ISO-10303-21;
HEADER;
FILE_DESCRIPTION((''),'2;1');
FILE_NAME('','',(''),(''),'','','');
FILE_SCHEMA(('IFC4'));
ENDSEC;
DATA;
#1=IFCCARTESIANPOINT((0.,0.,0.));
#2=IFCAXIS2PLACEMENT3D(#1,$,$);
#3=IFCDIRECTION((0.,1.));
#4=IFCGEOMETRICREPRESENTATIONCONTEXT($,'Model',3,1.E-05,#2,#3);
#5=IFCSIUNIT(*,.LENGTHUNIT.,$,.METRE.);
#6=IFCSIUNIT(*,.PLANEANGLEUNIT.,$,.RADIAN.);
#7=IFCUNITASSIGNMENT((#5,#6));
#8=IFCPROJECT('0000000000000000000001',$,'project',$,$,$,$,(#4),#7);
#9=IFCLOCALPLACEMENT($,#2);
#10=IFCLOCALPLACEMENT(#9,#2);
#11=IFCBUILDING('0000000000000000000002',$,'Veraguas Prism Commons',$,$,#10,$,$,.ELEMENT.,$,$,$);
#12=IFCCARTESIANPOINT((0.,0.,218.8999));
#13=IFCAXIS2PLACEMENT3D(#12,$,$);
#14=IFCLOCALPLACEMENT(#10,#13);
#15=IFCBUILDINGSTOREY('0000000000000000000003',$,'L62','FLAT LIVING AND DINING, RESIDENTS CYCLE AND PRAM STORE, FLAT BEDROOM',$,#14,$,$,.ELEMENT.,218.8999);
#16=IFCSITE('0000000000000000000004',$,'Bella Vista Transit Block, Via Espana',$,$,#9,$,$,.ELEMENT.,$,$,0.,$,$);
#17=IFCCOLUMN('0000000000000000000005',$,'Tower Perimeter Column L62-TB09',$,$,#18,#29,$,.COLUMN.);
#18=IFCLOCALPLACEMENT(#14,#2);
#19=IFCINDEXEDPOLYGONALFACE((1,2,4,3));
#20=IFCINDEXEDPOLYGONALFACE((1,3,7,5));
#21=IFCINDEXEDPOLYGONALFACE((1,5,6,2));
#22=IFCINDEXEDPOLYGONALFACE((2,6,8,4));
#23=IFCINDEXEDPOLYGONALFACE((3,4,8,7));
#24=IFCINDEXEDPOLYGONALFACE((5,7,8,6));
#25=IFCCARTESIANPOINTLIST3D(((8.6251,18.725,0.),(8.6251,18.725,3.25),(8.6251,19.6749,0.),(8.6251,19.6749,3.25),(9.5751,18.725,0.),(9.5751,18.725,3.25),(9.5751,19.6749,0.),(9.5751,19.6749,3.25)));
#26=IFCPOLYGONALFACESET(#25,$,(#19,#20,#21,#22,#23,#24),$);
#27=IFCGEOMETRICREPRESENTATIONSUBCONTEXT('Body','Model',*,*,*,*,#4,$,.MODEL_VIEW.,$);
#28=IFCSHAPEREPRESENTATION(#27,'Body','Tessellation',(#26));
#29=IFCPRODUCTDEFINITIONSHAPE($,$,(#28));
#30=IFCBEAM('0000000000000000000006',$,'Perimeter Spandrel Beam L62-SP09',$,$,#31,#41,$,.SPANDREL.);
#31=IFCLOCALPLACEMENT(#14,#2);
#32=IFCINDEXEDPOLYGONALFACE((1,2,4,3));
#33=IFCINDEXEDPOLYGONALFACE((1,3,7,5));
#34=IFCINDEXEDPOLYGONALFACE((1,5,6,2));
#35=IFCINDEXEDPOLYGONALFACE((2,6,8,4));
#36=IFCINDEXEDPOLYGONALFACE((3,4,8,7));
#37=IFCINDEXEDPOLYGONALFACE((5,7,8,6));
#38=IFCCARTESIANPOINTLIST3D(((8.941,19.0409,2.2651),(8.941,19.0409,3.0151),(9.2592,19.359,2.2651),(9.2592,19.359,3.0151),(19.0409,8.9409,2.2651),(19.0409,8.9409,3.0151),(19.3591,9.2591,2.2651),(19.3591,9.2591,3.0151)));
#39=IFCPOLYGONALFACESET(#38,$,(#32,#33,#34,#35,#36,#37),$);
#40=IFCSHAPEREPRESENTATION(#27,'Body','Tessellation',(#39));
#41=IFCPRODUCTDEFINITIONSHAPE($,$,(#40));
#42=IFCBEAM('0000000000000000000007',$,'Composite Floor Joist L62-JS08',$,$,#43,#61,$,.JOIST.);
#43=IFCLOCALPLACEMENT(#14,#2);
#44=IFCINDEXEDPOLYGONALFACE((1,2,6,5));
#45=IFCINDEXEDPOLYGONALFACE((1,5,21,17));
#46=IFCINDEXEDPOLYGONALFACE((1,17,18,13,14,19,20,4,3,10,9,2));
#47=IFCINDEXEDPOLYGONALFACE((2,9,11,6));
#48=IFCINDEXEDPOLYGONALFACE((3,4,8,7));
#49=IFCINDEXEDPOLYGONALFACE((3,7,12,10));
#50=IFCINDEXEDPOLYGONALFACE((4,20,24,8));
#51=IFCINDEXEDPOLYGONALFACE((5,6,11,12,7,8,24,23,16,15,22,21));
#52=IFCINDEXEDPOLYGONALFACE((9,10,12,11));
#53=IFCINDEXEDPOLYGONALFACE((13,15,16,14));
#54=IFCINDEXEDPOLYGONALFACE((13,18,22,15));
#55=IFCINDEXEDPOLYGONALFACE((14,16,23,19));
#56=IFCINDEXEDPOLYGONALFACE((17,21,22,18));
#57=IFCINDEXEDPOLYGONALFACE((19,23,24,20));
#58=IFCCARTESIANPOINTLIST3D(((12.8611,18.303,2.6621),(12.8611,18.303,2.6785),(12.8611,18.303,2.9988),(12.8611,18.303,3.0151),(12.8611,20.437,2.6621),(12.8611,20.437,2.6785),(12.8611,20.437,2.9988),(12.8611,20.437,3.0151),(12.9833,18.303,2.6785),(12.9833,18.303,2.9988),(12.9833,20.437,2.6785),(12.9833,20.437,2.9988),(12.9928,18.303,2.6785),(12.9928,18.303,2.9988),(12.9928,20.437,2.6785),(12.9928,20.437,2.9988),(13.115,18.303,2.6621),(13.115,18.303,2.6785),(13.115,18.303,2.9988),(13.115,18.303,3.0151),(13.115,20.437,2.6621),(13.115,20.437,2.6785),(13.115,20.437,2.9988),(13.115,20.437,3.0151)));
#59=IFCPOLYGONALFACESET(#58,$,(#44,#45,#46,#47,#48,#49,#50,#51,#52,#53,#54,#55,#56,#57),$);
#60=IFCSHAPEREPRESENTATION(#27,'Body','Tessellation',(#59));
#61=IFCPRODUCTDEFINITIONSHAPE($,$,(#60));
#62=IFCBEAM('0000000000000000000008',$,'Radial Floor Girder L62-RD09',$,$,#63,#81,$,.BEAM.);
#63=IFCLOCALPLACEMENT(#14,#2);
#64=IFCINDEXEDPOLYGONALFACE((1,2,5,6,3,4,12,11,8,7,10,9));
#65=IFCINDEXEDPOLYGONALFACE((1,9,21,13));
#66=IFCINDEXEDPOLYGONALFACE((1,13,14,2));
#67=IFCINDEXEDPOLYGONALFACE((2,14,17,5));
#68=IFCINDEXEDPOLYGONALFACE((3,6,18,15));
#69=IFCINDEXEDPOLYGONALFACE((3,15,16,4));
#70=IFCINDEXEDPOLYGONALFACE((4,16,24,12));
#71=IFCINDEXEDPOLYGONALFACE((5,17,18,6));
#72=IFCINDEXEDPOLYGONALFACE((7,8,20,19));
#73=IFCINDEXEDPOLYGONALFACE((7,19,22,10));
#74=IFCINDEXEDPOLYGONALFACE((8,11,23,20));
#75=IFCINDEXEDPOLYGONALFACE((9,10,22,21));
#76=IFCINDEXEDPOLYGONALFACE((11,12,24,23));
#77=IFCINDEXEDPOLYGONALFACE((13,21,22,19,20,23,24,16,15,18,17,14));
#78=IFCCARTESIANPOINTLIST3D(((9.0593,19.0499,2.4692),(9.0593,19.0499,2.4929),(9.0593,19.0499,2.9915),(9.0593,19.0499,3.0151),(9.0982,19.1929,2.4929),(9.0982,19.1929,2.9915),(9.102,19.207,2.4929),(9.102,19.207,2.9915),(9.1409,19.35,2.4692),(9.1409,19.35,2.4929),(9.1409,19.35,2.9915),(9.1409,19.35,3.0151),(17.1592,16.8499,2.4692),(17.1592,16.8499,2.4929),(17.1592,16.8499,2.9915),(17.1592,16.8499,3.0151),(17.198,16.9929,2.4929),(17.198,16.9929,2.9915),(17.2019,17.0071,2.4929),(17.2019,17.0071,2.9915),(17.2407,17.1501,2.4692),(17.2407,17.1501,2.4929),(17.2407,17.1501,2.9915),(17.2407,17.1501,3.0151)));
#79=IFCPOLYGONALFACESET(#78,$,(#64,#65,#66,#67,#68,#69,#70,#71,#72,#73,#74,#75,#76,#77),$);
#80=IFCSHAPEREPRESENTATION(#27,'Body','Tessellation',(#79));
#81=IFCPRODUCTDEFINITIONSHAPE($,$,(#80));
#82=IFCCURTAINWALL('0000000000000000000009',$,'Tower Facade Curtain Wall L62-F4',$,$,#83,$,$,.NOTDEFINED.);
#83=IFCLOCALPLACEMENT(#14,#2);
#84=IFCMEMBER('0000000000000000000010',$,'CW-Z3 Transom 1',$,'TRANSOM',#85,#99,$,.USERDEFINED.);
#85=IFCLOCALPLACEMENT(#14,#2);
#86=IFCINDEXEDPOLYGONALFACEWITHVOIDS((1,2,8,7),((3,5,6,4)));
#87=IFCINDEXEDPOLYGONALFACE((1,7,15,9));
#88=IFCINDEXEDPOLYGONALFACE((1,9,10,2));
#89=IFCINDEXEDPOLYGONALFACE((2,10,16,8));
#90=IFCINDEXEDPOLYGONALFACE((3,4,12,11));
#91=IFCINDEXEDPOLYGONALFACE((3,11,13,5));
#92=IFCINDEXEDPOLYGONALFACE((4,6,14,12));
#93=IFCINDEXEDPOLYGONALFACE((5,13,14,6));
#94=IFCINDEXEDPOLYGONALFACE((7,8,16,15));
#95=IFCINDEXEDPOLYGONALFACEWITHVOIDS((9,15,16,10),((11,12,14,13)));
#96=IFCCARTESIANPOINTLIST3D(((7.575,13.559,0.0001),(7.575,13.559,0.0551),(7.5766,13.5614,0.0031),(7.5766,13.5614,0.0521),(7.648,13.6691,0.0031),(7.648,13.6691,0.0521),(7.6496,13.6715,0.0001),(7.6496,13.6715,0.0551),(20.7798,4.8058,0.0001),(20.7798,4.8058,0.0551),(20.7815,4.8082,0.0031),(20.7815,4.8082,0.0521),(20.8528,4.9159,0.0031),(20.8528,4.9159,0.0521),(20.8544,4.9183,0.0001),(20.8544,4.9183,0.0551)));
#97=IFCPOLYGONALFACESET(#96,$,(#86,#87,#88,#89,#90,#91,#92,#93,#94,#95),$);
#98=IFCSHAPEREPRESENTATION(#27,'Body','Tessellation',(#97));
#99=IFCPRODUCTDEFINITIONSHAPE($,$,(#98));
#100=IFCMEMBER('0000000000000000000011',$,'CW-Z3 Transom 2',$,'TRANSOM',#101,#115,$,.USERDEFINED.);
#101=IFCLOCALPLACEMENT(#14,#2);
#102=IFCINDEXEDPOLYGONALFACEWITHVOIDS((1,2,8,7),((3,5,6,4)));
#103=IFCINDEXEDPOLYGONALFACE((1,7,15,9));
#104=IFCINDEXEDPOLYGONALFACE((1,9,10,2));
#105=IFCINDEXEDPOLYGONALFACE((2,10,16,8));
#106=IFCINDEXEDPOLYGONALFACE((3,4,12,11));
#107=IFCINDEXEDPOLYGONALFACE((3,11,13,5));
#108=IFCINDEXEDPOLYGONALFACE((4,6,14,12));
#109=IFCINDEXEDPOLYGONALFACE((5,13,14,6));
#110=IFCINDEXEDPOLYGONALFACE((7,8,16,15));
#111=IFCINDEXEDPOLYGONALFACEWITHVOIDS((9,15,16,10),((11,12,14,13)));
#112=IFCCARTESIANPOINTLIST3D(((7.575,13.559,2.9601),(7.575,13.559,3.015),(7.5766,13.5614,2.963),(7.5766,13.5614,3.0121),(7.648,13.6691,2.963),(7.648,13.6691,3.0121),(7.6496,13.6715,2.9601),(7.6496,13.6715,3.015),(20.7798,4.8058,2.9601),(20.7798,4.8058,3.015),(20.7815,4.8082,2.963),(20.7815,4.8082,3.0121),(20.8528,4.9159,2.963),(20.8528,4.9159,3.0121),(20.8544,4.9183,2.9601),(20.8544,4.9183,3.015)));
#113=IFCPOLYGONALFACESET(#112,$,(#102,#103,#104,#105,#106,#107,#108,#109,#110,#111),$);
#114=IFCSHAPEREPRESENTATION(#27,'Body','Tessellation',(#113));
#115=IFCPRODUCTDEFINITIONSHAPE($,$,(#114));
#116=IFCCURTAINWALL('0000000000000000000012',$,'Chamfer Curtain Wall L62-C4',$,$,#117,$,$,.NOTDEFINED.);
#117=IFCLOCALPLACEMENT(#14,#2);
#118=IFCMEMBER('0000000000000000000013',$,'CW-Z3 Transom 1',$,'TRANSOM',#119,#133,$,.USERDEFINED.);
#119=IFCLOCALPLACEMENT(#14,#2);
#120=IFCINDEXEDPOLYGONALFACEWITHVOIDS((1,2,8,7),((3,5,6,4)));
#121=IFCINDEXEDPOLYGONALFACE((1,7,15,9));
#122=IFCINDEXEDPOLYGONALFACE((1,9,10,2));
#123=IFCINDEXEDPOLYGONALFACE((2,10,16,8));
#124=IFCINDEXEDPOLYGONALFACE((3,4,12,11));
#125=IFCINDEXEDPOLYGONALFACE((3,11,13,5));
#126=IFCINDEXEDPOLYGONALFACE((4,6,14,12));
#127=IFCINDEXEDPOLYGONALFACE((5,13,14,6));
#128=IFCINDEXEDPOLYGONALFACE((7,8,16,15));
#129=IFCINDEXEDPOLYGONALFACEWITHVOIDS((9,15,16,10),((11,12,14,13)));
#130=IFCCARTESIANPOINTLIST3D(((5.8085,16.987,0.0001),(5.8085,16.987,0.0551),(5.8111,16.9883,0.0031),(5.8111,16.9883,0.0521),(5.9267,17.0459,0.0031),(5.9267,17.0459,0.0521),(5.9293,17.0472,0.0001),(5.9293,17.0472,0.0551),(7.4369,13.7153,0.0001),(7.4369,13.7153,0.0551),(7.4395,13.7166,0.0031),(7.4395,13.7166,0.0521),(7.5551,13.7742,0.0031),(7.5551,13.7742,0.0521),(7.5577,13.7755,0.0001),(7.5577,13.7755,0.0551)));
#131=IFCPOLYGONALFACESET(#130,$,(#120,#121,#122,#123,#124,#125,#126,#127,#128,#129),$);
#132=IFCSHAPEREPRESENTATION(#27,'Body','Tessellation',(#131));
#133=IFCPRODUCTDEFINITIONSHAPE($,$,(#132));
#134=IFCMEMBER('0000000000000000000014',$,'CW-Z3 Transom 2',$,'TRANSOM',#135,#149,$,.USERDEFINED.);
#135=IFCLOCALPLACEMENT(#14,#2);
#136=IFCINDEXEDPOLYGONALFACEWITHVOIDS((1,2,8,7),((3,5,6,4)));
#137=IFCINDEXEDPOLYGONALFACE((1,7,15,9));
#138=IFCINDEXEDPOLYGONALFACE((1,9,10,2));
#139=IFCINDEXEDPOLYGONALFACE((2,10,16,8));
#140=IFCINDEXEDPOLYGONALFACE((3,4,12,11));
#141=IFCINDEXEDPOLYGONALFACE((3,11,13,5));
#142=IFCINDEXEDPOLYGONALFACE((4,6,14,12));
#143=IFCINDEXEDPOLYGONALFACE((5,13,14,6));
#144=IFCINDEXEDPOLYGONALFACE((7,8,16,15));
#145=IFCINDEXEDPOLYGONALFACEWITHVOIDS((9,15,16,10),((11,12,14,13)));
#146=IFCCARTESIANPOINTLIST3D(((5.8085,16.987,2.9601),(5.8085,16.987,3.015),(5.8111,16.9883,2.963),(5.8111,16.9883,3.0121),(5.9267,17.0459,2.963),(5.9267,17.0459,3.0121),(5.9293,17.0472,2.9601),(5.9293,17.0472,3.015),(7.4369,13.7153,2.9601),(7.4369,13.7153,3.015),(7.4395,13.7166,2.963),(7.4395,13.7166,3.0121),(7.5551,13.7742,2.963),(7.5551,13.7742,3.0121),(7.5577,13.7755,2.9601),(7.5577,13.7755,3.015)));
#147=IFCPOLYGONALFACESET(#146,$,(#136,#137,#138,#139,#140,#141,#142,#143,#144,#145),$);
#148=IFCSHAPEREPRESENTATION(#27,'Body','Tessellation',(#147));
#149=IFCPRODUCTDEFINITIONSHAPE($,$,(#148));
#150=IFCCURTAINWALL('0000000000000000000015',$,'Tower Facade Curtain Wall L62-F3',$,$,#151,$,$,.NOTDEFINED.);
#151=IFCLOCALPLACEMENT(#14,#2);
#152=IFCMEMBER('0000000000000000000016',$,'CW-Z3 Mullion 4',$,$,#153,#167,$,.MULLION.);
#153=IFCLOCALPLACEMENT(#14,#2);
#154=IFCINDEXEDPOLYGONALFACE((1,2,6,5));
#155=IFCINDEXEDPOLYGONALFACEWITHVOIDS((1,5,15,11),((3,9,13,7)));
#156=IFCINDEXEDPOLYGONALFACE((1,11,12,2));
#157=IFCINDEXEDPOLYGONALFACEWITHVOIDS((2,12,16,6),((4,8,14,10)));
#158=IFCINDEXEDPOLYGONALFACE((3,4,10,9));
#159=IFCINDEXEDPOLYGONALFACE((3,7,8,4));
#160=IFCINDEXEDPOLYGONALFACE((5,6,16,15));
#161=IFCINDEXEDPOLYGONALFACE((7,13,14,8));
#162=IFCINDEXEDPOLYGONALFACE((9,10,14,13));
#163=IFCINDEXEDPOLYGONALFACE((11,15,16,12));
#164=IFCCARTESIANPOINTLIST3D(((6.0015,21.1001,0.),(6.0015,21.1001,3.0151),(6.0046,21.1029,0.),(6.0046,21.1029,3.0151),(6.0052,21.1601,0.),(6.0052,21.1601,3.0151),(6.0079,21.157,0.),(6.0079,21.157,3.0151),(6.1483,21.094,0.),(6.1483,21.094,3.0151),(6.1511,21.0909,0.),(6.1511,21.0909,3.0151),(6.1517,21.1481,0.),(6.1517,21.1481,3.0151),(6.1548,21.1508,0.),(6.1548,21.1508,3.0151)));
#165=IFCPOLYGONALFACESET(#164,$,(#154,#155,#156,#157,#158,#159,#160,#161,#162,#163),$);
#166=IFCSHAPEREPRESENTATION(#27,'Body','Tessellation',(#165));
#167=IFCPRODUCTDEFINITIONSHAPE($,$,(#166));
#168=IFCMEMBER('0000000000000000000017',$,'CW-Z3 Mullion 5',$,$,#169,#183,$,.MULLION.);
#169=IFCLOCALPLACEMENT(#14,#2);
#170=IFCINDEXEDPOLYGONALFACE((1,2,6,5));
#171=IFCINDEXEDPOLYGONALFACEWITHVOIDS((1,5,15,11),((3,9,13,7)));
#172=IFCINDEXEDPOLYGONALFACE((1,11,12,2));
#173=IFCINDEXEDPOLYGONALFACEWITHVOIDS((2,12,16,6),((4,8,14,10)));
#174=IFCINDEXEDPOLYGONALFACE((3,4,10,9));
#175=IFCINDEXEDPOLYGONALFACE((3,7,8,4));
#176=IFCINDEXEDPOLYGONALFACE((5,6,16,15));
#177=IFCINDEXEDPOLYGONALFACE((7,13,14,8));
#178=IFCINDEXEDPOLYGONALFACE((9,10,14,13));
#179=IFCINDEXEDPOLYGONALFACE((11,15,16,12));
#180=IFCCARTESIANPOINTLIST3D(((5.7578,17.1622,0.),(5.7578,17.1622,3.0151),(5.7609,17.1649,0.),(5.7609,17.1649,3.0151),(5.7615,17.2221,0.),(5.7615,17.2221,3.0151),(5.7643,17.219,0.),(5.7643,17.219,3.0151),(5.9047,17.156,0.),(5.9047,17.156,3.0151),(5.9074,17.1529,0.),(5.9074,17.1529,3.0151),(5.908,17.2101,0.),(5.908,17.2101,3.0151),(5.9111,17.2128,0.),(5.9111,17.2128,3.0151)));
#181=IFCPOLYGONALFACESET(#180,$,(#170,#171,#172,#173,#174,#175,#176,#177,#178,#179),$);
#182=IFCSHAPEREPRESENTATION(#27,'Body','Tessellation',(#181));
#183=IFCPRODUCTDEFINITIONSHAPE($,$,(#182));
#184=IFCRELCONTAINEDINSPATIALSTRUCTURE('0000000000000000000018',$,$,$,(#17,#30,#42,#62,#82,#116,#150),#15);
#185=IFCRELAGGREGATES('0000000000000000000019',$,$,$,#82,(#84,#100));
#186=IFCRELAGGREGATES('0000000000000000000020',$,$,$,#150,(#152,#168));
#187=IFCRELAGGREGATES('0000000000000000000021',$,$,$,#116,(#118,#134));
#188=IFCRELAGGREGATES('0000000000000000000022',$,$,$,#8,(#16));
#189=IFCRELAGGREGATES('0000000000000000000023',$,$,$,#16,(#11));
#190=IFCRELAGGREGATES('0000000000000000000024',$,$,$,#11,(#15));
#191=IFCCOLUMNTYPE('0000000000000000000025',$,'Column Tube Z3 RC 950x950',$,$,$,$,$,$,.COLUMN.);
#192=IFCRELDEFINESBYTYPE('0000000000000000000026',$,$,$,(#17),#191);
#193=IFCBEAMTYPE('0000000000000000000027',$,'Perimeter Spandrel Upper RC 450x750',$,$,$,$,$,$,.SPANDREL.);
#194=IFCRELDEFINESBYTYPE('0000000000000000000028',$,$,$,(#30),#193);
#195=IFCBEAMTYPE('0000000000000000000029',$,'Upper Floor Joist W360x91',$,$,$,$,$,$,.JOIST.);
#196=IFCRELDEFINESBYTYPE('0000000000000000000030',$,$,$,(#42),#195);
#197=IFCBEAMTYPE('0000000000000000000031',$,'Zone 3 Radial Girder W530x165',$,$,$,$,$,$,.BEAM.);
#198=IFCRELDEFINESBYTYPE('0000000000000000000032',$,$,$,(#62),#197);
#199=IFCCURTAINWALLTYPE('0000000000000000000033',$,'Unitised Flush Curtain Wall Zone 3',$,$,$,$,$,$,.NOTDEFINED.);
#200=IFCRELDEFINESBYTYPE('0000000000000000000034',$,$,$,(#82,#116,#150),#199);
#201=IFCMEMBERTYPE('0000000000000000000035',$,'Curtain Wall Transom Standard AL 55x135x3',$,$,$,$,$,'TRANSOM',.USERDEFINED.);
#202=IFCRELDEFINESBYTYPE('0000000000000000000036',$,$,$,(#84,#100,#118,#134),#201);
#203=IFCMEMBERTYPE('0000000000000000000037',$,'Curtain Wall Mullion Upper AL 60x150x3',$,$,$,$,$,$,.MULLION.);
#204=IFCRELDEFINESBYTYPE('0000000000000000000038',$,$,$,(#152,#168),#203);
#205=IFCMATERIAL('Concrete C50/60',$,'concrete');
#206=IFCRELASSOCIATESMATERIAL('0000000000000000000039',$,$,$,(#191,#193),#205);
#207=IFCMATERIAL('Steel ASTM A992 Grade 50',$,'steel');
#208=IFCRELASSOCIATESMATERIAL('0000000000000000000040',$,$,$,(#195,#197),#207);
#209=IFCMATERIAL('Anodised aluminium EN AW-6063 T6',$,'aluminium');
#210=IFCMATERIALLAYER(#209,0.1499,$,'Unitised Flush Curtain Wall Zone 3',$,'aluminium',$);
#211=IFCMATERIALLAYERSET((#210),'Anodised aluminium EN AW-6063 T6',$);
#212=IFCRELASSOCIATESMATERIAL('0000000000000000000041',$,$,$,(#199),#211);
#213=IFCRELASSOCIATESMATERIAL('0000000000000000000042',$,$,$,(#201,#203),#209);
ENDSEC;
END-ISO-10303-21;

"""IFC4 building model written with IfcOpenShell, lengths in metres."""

from ifc_helpers import new_model, si_unit, direction, frame, origin, origin_2d, place, context, subcontext, project, spatial, rectangle, hollow_rectangle, i_section, extrude, source, transform, mapped, material, layer, layer_set, material_profile, profile_set, type_object, element, aggregate, save


model = new_model("IFC4")

# Units and contexts
model_context = context("Model", 3, precision=1e-05, world=origin(), true_north=direction((0.0, 1.0)))
body_context = subcontext(model_context, "Body", "Model", "MODEL_VIEW")
ifc_project = project(units=[si_unit("LENGTHUNIT", "METRE"), si_unit("PLANEANGLEUNIT", "RADIAN")], contexts=[model_context])

# Site, building, storey
site_placement = place(None, origin())
site = spatial("IfcSite", under=ifc_project, at=site_placement, Name="Bella Vista Transit Block, Via Espana", CompositionType="ELEMENT", RefElevation=0.0)
building_placement = place(site_placement, origin())
building = spatial("IfcBuilding", under=site, at=building_placement, Name="Veraguas Prism Commons", CompositionType="ELEMENT")
storey_placement = place(building_placement, frame((0.0, 0.0, 218.8999)))
storey = spatial("IfcBuildingStorey", under=building, at=storey_placement, Name="L62", Description="FLAT LIVING AND DINING, RESIDENTS CYCLE AND PRAM STORE, FLAT BEDROOM", CompositionType="ELEMENT", Elevation=218.8999)

# Column
ifc_material_1 = material(Name="Concrete C50/60", Category="concrete")
ifc_material_profile_1 = material_profile(ifc_material_1, rectangle(XDim=0.95, YDim=0.95, at=origin_2d()), Name="RC950X950")
ifc_profile_set_1 = profile_set([ifc_material_profile_1], Name="Concrete C50/60")
column_type = type_object("IfcColumnType", Name="Column Tube Z3 RC 950x950", PredefinedType="COLUMN", material=ifc_profile_set_1)
column_placement = place(storey_placement, frame((9.1001, 19.2, 0.0), z_axis=(0.0, 0.0, 1.0), x_axis=(1.0, 0.0, 0.0)))
element("IfcColumn", 1, at=column_placement, inside=storey, type_object=column_type, Name="Tower Perimeter Column L62-TB09", PredefinedType="COLUMN", context=body_context, shape_type="SweptSolid", body=[
    extrude(rectangle(XDim=0.95, YDim=0.95, at=origin_2d()), origin(), (0.0, 0.0, 1.0), 3.25),
])

# Beams
ifc_material_profile_2 = material_profile(ifc_material_1, rectangle(XDim=0.45, YDim=0.75, at=origin_2d()), Name="RC450X750")
ifc_profile_set_2 = profile_set([ifc_material_profile_2], Name="Concrete C50/60")
beam_type_1 = type_object("IfcBeamType", Name="Perimeter Spandrel Upper RC 450x750", PredefinedType="SPANDREL", material=ifc_profile_set_2)
beam_1_placement = place(storey_placement, frame((9.1001, 19.2, 2.6401), z_axis=(0.707107, -0.707107, 0.0), x_axis=(0.707107, 0.707107, 0.0)))
element("IfcBeam", 2, at=beam_1_placement, inside=storey, type_object=beam_type_1, Name="Perimeter Spandrel Beam L62-SP09", PredefinedType="SPANDREL", context=body_context, shape_type="SweptSolid", body=[
    extrude(rectangle(XDim=0.45, YDim=0.75, at=origin_2d()), origin(), (0.0, 0.0, 1.0), 14.2834),
])
ifc_material_2 = material(Name="Steel ASTM A992 Grade 50", Category="steel")
ifc_material_profile_3 = material_profile(ifc_material_2, i_section(OverallWidth=0.2539, OverallDepth=0.353, WebThickness=0.0095, FlangeThickness=0.0164, at=origin_2d()), Name="W360X91")
ifc_profile_set_3 = profile_set([ifc_material_profile_3], Name="Steel ASTM A992 Grade 50")
beam_type_2 = type_object("IfcBeamType", Name="Upper Floor Joist W360x91", PredefinedType="JOIST", material=ifc_profile_set_3)
beam_2_placement = place(storey_placement, frame((12.988, 20.437, 2.8386), z_axis=(0.0, -1.0, 0.0), x_axis=(1.0, 0.0, 0.0)))
element("IfcBeam", 3, at=beam_2_placement, inside=storey, type_object=beam_type_2, Name="Composite Floor Joist L62-JS08", PredefinedType="JOIST", context=body_context, shape_type="SweptSolid", body=[
    extrude(i_section(OverallWidth=0.2539, OverallDepth=0.353, WebThickness=0.0095, FlangeThickness=0.0164, at=origin_2d()), origin(), (0.0, 0.0, 1.0), 2.134),
])
ifc_material_profile_4 = material_profile(ifc_material_2, i_section(OverallWidth=0.311, OverallDepth=0.5459, WebThickness=0.0146, FlangeThickness=0.0237, at=origin_2d()), Name="W530X165")
ifc_profile_set_4 = profile_set([ifc_material_profile_4], Name="Steel ASTM A992 Grade 50")
beam_type_3 = type_object("IfcBeamType", Name="Zone 3 Radial Girder W530x165", PredefinedType="BEAM", material=ifc_profile_set_4)
beam_3_placement = place(storey_placement, frame((9.1001, 19.2, 2.7422), z_axis=(0.965039, -0.262108, 0.0), x_axis=(0.262108, 0.965039, 0.0)))
element("IfcBeam", 4, at=beam_3_placement, inside=storey, type_object=beam_type_3, Name="Radial Floor Girder L62-RD09", PredefinedType="BEAM", context=body_context, shape_type="SweptSolid", body=[
    extrude(i_section(OverallWidth=0.311, OverallDepth=0.5459, WebThickness=0.0146, FlangeThickness=0.0237, at=origin_2d()), origin(), (0.0, 0.0, 1.0), 8.3933),
])

# Curtain walls, members
ifc_material_3 = material(Name="Anodised aluminium EN AW-6063 T6", Category="aluminium")
ifc_layer_1 = layer(ifc_material_3, 0.1499, Name="Unitised Flush Curtain Wall Zone 3", Category="aluminium")
ifc_layer_set_1 = layer_set([ifc_layer_1], Name="Anodised aluminium EN AW-6063 T6")
curtain_wall_type = type_object("IfcCurtainWallType", Name="Unitised Flush Curtain Wall Zone 3", PredefinedType="NOTDEFINED", material=ifc_layer_set_1)
curtain_wall_1_placement = place(storey_placement, origin())
curtain_wall_1 = element("IfcCurtainWall", 5, at=curtain_wall_1_placement, inside=storey, type_object=curtain_wall_type, Name="Tower Facade Curtain Wall L62-F4", PredefinedType="NOTDEFINED")
ifc_material_profile_5 = material_profile(ifc_material_3, hollow_rectangle(XDim=0.0549, YDim=0.135, WallThickness=0.0029, at=origin_2d()), Name="AL55X135X3")
ifc_profile_set_5 = profile_set([ifc_material_profile_5], Name="Anodised aluminium EN AW-6063 T6")
member_type_1 = type_object("IfcMemberType", Name="Curtain Wall Transom Standard AL 55x135x3", ElementType="TRANSOM", PredefinedType="USERDEFINED", material=ifc_profile_set_5)
shared_shape_1 = source(origin(), body_context, "Body", "SweptSolid", [
    extrude(hollow_rectangle(XDim=0.0549, YDim=0.135, WallThickness=0.0029, at=origin_2d()), origin(), (0.0, 0.0, 1.0), 15.8425),
])
member_1_placement = place(storey_placement, frame((7.6123, 13.6152, 0.0276), z_axis=(0.833505, -0.552511, 0.0), x_axis=(0.0, 0.0, 1.0)))
member_1 = element("IfcMember", 6, at=member_1_placement, type_object=member_type_1, Name="CW-Z3 Transom 1", ObjectType="TRANSOM", PredefinedType="USERDEFINED", context=body_context, shape_type="MappedRepresentation", body=[
    mapped(shared_shape_1, transform((0.0, 0.0, 0.0), scale=1.0)),
])
member_2_placement = place(storey_placement, frame((7.6123, 13.6152, 2.9875), z_axis=(0.833505, -0.552511, 0.0), x_axis=(0.0, 0.0, 1.0)))
member_2 = element("IfcMember", 7, at=member_2_placement, type_object=member_type_1, Name="CW-Z3 Transom 2", ObjectType="TRANSOM", PredefinedType="USERDEFINED", context=body_context, shape_type="MappedRepresentation", body=[
    mapped(shared_shape_1, transform((0.0, 0.0, 0.0), scale=1.0)),
])
aggregate(curtain_wall_1, [member_1, member_2])
curtain_wall_2_placement = place(storey_placement, origin())
curtain_wall_2 = element("IfcCurtainWall", 8, at=curtain_wall_2_placement, inside=storey, type_object=curtain_wall_type, Name="Chamfer Curtain Wall L62-C4", PredefinedType="NOTDEFINED")
shared_shape_2 = source(origin(), body_context, "Body", "SweptSolid", [
    extrude(hollow_rectangle(XDim=0.0549, YDim=0.135, WallThickness=0.0029, at=origin_2d()), origin(), (0.0, 0.0, 1.0), 3.6545),
])
member_3_placement = place(storey_placement, frame((5.8689, 17.0171, 0.0276), z_axis=(0.445583, -0.895241, 0.0), x_axis=(0.0, 0.0, 1.0)))
member_3 = element("IfcMember", 9, at=member_3_placement, type_object=member_type_1, Name="CW-Z3 Transom 1", ObjectType="TRANSOM", PredefinedType="USERDEFINED", context=body_context, shape_type="MappedRepresentation", body=[
    mapped(shared_shape_2, transform((0.0, 0.0, 0.0), scale=1.0)),
])
member_4_placement = place(storey_placement, frame((5.8689, 17.0171, 2.9875), z_axis=(0.445583, -0.895241, 0.0), x_axis=(0.0, 0.0, 1.0)))
member_4 = element("IfcMember", 10, at=member_4_placement, type_object=member_type_1, Name="CW-Z3 Transom 2", ObjectType="TRANSOM", PredefinedType="USERDEFINED", context=body_context, shape_type="MappedRepresentation", body=[
    mapped(shared_shape_2, transform((0.0, 0.0, 0.0), scale=1.0)),
])
curtain_wall_3_placement = place(storey_placement, origin())
curtain_wall_3 = element("IfcCurtainWall", 11, at=curtain_wall_3_placement, inside=storey, type_object=curtain_wall_type, Name="Tower Facade Curtain Wall L62-F3", PredefinedType="NOTDEFINED")
ifc_material_profile_6 = material_profile(ifc_material_3, hollow_rectangle(XDim=0.0601, YDim=0.1499, WallThickness=0.0029, at=origin_2d()), Name="AL60X150X3")
ifc_profile_set_6 = profile_set([ifc_material_profile_6], Name="Anodised aluminium EN AW-6063 T6")
member_type_2 = type_object("IfcMemberType", Name="Curtain Wall Mullion Upper AL 60x150x3", PredefinedType="MULLION", material=ifc_profile_set_6)
shared_shape_3 = source(origin(), body_context, "Body", "SweptSolid", [
    extrude(hollow_rectangle(XDim=0.0601, YDim=0.1499, WallThickness=0.0029, at=origin_2d()), origin(), (0.0, 0.0, 1.0), 3.0151),
])
member_5_placement = place(storey_placement, frame((6.0781, 21.1255, 0.0), z_axis=(0.0, 0.0, 1.0), x_axis=(-0.061745, -0.998092, 0.0)))
member_5 = element("IfcMember", 12, at=member_5_placement, type_object=member_type_2, Name="CW-Z3 Mullion 4", PredefinedType="MULLION", context=body_context, shape_type="MappedRepresentation", body=[
    mapped(shared_shape_3, transform((0.0, 0.0, 0.0), scale=1.0)),
])
member_6_placement = place(storey_placement, frame((5.8345, 17.1875, 0.0), z_axis=(0.0, 0.0, 1.0), x_axis=(-0.061745, -0.998092, 0.0)))
member_6 = element("IfcMember", 13, at=member_6_placement, type_object=member_type_2, Name="CW-Z3 Mullion 5", PredefinedType="MULLION", context=body_context, shape_type="MappedRepresentation", body=[
    mapped(shared_shape_3, transform((0.0, 0.0, 0.0), scale=1.0)),
])

aggregate(curtain_wall_3, [member_5, member_6])
aggregate(curtain_wall_2, [member_3, member_4])

save(model, "model.ifc")
